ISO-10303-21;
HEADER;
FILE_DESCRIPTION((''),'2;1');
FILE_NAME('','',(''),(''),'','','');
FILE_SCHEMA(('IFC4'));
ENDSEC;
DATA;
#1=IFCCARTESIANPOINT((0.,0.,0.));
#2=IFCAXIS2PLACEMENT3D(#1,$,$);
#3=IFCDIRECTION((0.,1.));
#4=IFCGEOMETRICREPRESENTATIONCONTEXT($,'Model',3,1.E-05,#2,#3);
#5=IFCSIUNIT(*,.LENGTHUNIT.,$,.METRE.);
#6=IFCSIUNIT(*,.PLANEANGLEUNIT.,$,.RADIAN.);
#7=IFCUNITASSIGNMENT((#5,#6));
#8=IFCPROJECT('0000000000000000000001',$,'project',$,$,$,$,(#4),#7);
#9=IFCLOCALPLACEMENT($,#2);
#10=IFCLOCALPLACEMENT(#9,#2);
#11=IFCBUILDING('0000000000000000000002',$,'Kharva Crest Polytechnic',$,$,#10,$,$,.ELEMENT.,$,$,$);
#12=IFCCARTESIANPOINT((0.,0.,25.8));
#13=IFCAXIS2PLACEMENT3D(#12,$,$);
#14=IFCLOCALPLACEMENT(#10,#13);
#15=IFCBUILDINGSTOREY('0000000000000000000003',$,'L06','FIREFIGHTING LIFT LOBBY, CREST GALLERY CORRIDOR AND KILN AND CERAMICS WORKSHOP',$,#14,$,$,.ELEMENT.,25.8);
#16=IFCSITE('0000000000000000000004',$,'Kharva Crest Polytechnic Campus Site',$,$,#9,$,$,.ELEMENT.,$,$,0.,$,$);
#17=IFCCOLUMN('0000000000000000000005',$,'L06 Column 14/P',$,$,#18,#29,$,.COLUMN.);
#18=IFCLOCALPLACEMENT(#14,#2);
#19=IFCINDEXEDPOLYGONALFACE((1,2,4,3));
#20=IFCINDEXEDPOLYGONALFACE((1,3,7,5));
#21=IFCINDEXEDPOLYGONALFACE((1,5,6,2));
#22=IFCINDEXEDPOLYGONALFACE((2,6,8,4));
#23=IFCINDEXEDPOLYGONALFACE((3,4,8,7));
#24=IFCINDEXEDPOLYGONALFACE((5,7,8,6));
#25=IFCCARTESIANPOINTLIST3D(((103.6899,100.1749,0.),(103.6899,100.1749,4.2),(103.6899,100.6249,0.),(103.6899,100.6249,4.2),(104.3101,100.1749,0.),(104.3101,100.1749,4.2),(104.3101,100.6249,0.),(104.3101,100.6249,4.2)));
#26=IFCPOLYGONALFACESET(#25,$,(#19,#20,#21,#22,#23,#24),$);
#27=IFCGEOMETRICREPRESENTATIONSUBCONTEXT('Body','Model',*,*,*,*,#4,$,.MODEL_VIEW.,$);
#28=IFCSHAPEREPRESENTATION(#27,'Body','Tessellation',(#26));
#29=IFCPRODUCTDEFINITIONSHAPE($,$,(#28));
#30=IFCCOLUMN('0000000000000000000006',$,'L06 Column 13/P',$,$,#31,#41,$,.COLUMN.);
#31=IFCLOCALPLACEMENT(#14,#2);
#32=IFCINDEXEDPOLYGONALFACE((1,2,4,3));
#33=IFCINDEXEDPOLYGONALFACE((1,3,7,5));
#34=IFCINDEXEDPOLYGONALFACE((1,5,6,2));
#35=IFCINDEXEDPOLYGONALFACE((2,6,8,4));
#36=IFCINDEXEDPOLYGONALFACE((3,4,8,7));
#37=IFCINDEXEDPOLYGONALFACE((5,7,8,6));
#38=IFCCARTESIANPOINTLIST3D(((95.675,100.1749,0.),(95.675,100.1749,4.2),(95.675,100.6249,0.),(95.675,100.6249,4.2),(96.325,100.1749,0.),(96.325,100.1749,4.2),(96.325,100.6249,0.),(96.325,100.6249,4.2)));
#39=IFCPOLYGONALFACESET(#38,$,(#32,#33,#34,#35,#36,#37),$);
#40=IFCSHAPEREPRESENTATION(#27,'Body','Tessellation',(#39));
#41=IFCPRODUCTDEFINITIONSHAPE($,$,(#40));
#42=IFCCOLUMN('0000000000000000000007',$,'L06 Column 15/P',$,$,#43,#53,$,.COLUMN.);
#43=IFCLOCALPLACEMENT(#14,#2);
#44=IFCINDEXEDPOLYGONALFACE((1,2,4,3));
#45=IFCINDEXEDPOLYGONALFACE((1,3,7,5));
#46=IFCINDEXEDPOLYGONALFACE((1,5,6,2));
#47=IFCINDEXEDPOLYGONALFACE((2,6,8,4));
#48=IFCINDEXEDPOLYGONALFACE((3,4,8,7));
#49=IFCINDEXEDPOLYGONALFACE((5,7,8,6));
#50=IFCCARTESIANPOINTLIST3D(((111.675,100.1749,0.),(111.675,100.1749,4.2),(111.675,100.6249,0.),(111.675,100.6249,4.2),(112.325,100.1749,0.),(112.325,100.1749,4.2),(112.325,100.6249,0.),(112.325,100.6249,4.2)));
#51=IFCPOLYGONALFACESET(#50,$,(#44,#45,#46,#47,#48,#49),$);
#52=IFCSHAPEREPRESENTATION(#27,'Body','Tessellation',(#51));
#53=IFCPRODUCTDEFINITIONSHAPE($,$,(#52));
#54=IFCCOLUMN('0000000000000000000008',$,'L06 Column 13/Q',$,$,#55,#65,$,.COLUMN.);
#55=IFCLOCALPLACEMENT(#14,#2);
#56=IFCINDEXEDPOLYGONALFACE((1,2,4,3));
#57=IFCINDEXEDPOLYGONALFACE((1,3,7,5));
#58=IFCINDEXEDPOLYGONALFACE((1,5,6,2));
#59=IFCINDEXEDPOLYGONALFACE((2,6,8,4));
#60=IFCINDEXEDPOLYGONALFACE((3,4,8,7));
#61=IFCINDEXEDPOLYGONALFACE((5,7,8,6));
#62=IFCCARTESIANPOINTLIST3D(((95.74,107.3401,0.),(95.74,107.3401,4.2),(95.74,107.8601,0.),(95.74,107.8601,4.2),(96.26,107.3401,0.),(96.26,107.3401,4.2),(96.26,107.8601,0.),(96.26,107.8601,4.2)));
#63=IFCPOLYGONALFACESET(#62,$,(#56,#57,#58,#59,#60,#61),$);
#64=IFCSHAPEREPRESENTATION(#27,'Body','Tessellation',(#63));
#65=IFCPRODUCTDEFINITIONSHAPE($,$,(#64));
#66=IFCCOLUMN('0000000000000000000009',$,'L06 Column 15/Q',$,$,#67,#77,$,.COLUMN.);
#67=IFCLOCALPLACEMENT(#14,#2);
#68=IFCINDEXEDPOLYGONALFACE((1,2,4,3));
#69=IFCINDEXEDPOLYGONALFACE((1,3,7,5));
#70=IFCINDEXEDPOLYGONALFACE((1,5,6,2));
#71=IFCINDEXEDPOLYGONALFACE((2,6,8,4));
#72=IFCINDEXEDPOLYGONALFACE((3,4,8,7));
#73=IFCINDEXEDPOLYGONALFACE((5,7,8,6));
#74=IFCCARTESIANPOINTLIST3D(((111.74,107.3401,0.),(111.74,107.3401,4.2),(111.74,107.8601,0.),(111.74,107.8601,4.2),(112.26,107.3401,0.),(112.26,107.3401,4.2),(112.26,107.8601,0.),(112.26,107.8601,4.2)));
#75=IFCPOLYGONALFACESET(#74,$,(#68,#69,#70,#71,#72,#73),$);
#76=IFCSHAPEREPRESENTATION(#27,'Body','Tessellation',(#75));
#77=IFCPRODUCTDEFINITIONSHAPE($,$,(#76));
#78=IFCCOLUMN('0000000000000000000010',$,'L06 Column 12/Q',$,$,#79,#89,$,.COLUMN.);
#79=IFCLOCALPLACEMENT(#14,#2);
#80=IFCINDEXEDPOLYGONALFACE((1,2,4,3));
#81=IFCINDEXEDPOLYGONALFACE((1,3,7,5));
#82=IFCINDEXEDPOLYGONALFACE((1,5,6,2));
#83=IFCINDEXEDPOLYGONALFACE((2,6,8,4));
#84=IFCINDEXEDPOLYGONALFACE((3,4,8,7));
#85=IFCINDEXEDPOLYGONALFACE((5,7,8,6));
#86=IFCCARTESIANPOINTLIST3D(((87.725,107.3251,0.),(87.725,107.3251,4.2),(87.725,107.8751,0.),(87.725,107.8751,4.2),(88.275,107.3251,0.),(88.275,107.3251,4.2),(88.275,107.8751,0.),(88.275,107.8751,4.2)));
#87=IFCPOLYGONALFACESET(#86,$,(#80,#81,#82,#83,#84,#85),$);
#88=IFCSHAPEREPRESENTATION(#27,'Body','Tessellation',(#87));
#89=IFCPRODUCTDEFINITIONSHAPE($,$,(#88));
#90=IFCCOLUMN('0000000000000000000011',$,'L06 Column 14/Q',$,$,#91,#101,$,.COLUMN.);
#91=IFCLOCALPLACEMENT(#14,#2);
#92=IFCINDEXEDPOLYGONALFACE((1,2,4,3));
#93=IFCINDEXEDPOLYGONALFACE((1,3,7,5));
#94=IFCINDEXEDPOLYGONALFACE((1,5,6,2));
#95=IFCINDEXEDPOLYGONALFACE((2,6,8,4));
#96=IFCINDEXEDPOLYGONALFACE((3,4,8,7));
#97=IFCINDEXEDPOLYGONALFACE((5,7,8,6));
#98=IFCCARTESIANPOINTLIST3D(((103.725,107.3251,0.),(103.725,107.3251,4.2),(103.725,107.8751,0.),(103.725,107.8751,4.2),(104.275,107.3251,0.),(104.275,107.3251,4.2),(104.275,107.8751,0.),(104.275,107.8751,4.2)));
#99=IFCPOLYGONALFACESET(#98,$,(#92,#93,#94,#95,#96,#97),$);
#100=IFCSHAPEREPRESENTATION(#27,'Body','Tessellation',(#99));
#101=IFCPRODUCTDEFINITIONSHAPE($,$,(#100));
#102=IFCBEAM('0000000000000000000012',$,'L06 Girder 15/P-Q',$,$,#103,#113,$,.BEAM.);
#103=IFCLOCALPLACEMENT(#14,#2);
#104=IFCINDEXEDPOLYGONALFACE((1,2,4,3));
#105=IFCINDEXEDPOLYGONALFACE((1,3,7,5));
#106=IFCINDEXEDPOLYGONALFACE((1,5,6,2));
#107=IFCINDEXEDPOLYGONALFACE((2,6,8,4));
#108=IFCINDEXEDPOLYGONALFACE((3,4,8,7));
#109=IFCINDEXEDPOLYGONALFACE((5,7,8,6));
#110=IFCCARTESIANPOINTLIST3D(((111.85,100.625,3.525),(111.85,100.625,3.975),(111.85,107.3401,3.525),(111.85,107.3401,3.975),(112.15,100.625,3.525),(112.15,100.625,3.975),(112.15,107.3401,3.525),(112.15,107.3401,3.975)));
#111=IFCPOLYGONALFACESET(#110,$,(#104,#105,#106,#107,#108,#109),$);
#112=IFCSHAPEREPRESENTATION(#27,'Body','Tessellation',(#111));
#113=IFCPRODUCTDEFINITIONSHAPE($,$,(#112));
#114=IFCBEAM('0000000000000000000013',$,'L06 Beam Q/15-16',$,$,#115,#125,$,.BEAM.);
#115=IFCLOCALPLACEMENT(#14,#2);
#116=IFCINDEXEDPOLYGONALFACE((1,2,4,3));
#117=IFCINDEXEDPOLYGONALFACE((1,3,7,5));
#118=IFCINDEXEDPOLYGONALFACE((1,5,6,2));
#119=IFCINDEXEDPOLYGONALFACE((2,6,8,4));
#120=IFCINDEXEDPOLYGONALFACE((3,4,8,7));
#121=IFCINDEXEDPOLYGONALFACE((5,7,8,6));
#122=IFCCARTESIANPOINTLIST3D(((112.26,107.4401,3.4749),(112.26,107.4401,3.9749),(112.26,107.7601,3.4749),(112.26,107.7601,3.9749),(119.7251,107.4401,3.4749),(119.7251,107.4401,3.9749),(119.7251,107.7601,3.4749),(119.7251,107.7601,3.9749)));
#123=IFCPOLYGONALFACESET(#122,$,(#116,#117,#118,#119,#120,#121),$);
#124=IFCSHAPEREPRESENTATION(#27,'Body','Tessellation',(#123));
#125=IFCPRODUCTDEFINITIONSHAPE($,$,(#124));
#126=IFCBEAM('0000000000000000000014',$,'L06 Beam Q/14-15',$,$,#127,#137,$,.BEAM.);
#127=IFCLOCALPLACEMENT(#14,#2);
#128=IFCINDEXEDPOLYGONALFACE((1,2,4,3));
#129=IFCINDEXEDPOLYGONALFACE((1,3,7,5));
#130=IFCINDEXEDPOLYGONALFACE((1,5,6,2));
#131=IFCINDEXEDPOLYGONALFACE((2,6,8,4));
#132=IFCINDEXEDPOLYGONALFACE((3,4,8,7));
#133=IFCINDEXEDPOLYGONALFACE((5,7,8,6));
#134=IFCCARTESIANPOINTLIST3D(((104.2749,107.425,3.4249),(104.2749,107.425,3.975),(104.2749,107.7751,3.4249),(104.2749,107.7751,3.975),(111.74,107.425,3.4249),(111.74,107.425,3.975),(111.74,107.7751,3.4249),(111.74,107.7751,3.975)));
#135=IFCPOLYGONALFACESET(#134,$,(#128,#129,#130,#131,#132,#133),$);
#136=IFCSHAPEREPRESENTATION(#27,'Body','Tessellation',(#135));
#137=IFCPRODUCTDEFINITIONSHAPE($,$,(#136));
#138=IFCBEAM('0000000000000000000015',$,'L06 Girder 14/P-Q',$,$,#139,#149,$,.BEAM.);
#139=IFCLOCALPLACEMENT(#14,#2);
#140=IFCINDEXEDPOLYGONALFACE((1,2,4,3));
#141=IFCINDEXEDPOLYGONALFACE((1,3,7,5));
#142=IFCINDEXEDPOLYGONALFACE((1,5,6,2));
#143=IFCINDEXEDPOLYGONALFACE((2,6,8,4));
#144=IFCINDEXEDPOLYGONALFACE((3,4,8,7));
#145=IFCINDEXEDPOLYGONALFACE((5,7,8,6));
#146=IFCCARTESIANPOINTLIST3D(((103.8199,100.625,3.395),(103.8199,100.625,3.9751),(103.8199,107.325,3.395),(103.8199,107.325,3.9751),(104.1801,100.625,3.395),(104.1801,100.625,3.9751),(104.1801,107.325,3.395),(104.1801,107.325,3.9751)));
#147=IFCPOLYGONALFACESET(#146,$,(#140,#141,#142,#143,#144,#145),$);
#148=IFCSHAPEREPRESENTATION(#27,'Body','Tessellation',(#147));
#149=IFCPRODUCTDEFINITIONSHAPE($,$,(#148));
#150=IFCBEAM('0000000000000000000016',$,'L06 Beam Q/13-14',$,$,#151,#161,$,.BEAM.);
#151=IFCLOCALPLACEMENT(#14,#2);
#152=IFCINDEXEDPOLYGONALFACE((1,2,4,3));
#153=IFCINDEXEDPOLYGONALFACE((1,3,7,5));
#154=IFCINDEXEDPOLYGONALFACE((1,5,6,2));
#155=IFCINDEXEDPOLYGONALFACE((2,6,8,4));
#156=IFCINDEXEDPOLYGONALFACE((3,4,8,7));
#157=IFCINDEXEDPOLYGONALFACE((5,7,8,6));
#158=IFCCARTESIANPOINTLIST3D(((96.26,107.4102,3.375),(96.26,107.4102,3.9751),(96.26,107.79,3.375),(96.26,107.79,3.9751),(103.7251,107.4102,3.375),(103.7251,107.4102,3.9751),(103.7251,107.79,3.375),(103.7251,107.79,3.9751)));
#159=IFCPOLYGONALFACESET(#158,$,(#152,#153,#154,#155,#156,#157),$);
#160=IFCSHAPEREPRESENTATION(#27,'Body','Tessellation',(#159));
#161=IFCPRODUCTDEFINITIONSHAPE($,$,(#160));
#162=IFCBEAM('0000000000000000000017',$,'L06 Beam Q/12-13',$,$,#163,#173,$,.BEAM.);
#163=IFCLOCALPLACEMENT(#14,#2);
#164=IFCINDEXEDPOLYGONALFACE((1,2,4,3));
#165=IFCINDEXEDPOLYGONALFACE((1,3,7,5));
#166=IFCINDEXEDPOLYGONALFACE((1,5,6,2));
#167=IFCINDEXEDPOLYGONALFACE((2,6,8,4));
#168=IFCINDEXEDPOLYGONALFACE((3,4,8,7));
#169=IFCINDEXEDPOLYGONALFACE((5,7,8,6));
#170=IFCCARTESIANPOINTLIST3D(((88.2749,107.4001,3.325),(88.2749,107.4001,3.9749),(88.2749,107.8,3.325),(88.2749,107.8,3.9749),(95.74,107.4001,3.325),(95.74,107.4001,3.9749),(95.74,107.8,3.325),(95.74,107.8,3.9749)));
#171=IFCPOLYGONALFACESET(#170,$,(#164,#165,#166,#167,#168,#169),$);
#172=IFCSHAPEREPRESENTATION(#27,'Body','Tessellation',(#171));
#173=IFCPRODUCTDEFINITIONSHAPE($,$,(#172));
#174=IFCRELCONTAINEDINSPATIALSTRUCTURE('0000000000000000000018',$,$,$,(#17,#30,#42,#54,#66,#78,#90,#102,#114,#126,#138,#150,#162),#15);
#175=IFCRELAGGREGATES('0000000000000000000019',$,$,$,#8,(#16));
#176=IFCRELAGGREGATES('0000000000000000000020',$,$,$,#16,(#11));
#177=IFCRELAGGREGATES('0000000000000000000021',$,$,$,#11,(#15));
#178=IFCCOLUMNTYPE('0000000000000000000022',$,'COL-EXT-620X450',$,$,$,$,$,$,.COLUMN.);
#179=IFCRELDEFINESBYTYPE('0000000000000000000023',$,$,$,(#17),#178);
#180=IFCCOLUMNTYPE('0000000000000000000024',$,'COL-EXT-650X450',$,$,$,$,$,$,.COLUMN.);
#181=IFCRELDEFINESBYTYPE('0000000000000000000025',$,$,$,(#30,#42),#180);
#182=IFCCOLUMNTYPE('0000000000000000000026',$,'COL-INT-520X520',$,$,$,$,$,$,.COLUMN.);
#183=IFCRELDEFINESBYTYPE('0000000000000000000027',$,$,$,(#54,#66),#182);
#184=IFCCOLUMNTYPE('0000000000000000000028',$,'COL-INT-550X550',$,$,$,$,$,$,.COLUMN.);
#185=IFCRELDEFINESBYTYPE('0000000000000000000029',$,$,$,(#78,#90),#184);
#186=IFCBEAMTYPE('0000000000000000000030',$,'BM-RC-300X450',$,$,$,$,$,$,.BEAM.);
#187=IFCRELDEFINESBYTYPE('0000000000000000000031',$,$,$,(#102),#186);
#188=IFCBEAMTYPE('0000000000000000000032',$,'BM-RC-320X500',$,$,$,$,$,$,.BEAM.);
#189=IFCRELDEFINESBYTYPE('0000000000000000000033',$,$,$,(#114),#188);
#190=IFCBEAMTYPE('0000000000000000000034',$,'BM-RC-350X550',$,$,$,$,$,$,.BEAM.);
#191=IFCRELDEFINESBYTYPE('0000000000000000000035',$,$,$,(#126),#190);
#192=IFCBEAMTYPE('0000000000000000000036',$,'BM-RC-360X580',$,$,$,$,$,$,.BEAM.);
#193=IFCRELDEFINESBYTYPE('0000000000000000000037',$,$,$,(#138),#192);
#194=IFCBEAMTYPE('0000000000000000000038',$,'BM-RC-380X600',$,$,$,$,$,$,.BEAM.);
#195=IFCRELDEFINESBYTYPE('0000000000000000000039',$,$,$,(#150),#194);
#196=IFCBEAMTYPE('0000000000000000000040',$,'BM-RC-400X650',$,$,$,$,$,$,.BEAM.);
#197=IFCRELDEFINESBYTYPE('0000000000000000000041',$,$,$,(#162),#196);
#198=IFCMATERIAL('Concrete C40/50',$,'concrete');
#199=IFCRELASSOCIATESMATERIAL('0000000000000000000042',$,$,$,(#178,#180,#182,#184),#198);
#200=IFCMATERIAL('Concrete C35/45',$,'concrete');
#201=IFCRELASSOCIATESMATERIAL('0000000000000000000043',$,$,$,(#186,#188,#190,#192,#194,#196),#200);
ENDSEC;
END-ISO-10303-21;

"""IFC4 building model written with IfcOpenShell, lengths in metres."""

from ifc_helpers import new_model, si_unit, direction, frame, origin, origin_2d, place, context, subcontext, project, spatial, rectangle, extrude, material, material_profile, profile_set, type_object, element, save


model = new_model("IFC4")

# Units and contexts
model_context = context("Model", 3, precision=1e-05, world=origin(), true_north=direction((0.0, 1.0)))
body_context = subcontext(model_context, "Body", "Model", "MODEL_VIEW")
ifc_project = project(units=[si_unit("LENGTHUNIT", "METRE"), si_unit("PLANEANGLEUNIT", "RADIAN")], contexts=[model_context])

# Site, building, storey
site_placement = place(None, origin())
site = spatial("IfcSite", under=ifc_project, at=site_placement, Name="Kharva Crest Polytechnic Campus Site", CompositionType="ELEMENT", RefElevation=0.0)
building_placement = place(site_placement, origin())
building = spatial("IfcBuilding", under=site, at=building_placement, Name="Kharva Crest Polytechnic", CompositionType="ELEMENT")
storey_placement = place(building_placement, frame((0.0, 0.0, 25.8)))
storey = spatial("IfcBuildingStorey", under=building, at=storey_placement, Name="L06", Description="FIREFIGHTING LIFT LOBBY, CREST GALLERY CORRIDOR AND KILN AND CERAMICS WORKSHOP", CompositionType="ELEMENT", Elevation=25.8)

# Columns
ifc_material_1 = material(Name="Concrete C40/50", Category="concrete")
ifc_material_profile_1 = material_profile(ifc_material_1, rectangle(XDim=0.6201, YDim=0.45, at=origin_2d()), Name="RECT 620 X 450")
ifc_profile_set_1 = profile_set([ifc_material_profile_1], Name="Concrete C40/50")
column_type_1 = type_object("IfcColumnType", Name="COL-EXT-620X450", PredefinedType="COLUMN", material=ifc_profile_set_1)
column_placement = place(storey_placement, frame((104.0, 100.3999, 0.0), z_axis=(0.0, 0.0, 1.0), x_axis=(1.0, 0.0, 0.0)))
element("IfcColumn", 1, at=column_placement, inside=storey, type_object=column_type_1, Name="L06 Column 14/P", PredefinedType="COLUMN", context=body_context, shape_type="SweptSolid", body=[
    extrude(rectangle(XDim=0.6201, YDim=0.45, at=origin_2d()), origin(), (0.0, 0.0, 1.0), 4.2),
])
ifc_material_profile_2 = material_profile(ifc_material_1, rectangle(XDim=0.6499, YDim=0.45, at=origin_2d()), Name="RECT 650 X 450")
ifc_profile_set_2 = profile_set([ifc_material_profile_2], Name="Concrete C40/50")
column_type_2 = type_object("IfcColumnType", Name="COL-EXT-650X450", PredefinedType="COLUMN", material=ifc_profile_set_2)
for number, where, z_axis, x_axis, name in (
    (2, (96.0, 100.3999, 0.0), (0.0, 0.0, 1.0), (1.0, 0.0, 0.0), "L06 Column 13/P"),
    (3, (112.0, 100.3999, 0.0), (0.0, 0.0, 1.0), (1.0, 0.0, 0.0), "L06 Column 15/P"),
):
    element("IfcColumn", number, at=place(storey_placement, frame(where, z_axis=z_axis, x_axis=x_axis)), inside=storey, type_object=column_type_2, Name=name, PredefinedType="COLUMN", context=body_context, shape_type="SweptSolid", body=[
        extrude(rectangle(XDim=0.6499, YDim=0.45, at=origin_2d()), origin(), (0.0, 0.0, 1.0), 4.2),
    ])
ifc_material_profile_3 = material_profile(ifc_material_1, rectangle(XDim=0.52, YDim=0.52, at=origin_2d()), Name="RECT 520 X 520")
ifc_profile_set_3 = profile_set([ifc_material_profile_3], Name="Concrete C40/50")
column_type_3 = type_object("IfcColumnType", Name="COL-INT-520X520", PredefinedType="COLUMN", material=ifc_profile_set_3)
for number, where, z_axis, x_axis, name in (
    (4, (96.0, 107.6001, 0.0), (0.0, 0.0, 1.0), (1.0, 0.0, 0.0), "L06 Column 13/Q"),
    (5, (112.0, 107.6001, 0.0), (0.0, 0.0, 1.0), (1.0, 0.0, 0.0), "L06 Column 15/Q"),
):
    element("IfcColumn", number, at=place(storey_placement, frame(where, z_axis=z_axis, x_axis=x_axis)), inside=storey, type_object=column_type_3, Name=name, PredefinedType="COLUMN", context=body_context, shape_type="SweptSolid", body=[
        extrude(rectangle(XDim=0.52, YDim=0.52, at=origin_2d()), origin(), (0.0, 0.0, 1.0), 4.2),
    ])
ifc_material_profile_4 = material_profile(ifc_material_1, rectangle(XDim=0.55, YDim=0.55, at=origin_2d()), Name="RECT 550 X 550")
ifc_profile_set_4 = profile_set([ifc_material_profile_4], Name="Concrete C40/50")
column_type_4 = type_object("IfcColumnType", Name="COL-INT-550X550", PredefinedType="COLUMN", material=ifc_profile_set_4)
for number, where, z_axis, x_axis, name in (
    (6, (88.0, 107.6001, 0.0), (0.0, 0.0, 1.0), (1.0, 0.0, 0.0), "L06 Column 12/Q"),
    (7, (104.0, 107.6001, 0.0), (0.0, 0.0, 1.0), (1.0, 0.0, 0.0), "L06 Column 14/Q"),
):
    element("IfcColumn", number, at=place(storey_placement, frame(where, z_axis=z_axis, x_axis=x_axis)), inside=storey, type_object=column_type_4, Name=name, PredefinedType="COLUMN", context=body_context, shape_type="SweptSolid", body=[
        extrude(rectangle(XDim=0.55, YDim=0.55, at=origin_2d()), origin(), (0.0, 0.0, 1.0), 4.2),
    ])

# Beams
ifc_material_2 = material(Name="Concrete C35/45", Category="concrete")
ifc_material_profile_5 = material_profile(ifc_material_2, rectangle(XDim=0.3, YDim=0.45, at=origin_2d()), Name="RECT 300 X 450")
ifc_profile_set_5 = profile_set([ifc_material_profile_5], Name="Concrete C35/45")
beam_type_1 = type_object("IfcBeamType", Name="BM-RC-300X450", PredefinedType="BEAM", material=ifc_profile_set_5)
beam_1_placement = place(storey_placement, frame((112.0, 100.625, 3.75), z_axis=(0.0, 1.0, 0.0), x_axis=(-1.0, 0.0, 0.0)))
element("IfcBeam", 8, at=beam_1_placement, inside=storey, type_object=beam_type_1, Name="L06 Girder 15/P-Q", PredefinedType="BEAM", context=body_context, shape_type="SweptSolid", body=[
    extrude(rectangle(XDim=0.3, YDim=0.45, at=origin_2d()), origin(), (0.0, 0.0, 1.0), 6.7151),
])
ifc_material_profile_6 = material_profile(ifc_material_2, rectangle(XDim=0.3201, YDim=0.5, at=origin_2d()), Name="RECT 320 X 500")
ifc_profile_set_6 = profile_set([ifc_material_profile_6], Name="Concrete C35/45")
beam_type_2 = type_object("IfcBeamType", Name="BM-RC-320X500", PredefinedType="BEAM", material=ifc_profile_set_6)
beam_2_placement = place(storey_placement, frame((112.26, 107.6001, 3.7249), z_axis=(1.0, 0.0, 0.0), x_axis=(0.0, 1.0, 0.0)))
element("IfcBeam", 9, at=beam_2_placement, inside=storey, type_object=beam_type_2, Name="L06 Beam Q/15-16", PredefinedType="BEAM", context=body_context, shape_type="SweptSolid", body=[
    extrude(rectangle(XDim=0.3201, YDim=0.5, at=origin_2d()), origin(), (0.0, 0.0, 1.0), 7.4651),
])
ifc_material_profile_7 = material_profile(ifc_material_2, rectangle(XDim=0.3501, YDim=0.55, at=origin_2d()), Name="RECT 350 X 550")
ifc_profile_set_7 = profile_set([ifc_material_profile_7], Name="Concrete C35/45")
beam_type_3 = type_object("IfcBeamType", Name="BM-RC-350X550", PredefinedType="BEAM", material=ifc_profile_set_7)
beam_3_placement = place(storey_placement, frame((104.2749, 107.6001, 3.7), z_axis=(1.0, 0.0, 0.0), x_axis=(0.0, 1.0, 0.0)))
element("IfcBeam", 10, at=beam_3_placement, inside=storey, type_object=beam_type_3, Name="L06 Beam Q/14-15", PredefinedType="BEAM", context=body_context, shape_type="SweptSolid", body=[
    extrude(rectangle(XDim=0.3501, YDim=0.55, at=origin_2d()), origin(), (0.0, 0.0, 1.0), 7.4651),
])
ifc_material_profile_8 = material_profile(ifc_material_2, rectangle(XDim=0.3601, YDim=0.5801, at=origin_2d()), Name="RECT 360 X 580")
ifc_profile_set_8 = profile_set([ifc_material_profile_8], Name="Concrete C35/45")
beam_type_4 = type_object("IfcBeamType", Name="BM-RC-360X580", PredefinedType="BEAM", material=ifc_profile_set_8)
beam_4_placement = place(storey_placement, frame((104.0, 100.625, 3.6851), z_axis=(0.0, 1.0, 0.0), x_axis=(-1.0, 0.0, 0.0)))
element("IfcBeam", 11, at=beam_4_placement, inside=storey, type_object=beam_type_4, Name="L06 Girder 14/P-Q", PredefinedType="BEAM", context=body_context, shape_type="SweptSolid", body=[
    extrude(rectangle(XDim=0.3601, YDim=0.5801, at=origin_2d()), origin(), (0.0, 0.0, 1.0), 6.7),
])
ifc_material_profile_9 = material_profile(ifc_material_2, rectangle(XDim=0.3799, YDim=0.6001, at=origin_2d()), Name="RECT 380 X 600")
ifc_profile_set_9 = profile_set([ifc_material_profile_9], Name="Concrete C35/45")
beam_type_5 = type_object("IfcBeamType", Name="BM-RC-380X600", PredefinedType="BEAM", material=ifc_profile_set_9)
beam_5_placement = place(storey_placement, frame((96.26, 107.6001, 3.675), z_axis=(1.0, 0.0, 0.0), x_axis=(0.0, 1.0, 0.0)))
element("IfcBeam", 12, at=beam_5_placement, inside=storey, type_object=beam_type_5, Name="L06 Beam Q/13-14", PredefinedType="BEAM", context=body_context, shape_type="SweptSolid", body=[
    extrude(rectangle(XDim=0.3799, YDim=0.6001, at=origin_2d()), origin(), (0.0, 0.0, 1.0), 7.4651),
])
ifc_material_profile_10 = material_profile(ifc_material_2, rectangle(XDim=0.3999, YDim=0.6499, at=origin_2d()), Name="RECT 400 X 650")
ifc_profile_set_10 = profile_set([ifc_material_profile_10], Name="Concrete C35/45")
beam_type_6 = type_object("IfcBeamType", Name="BM-RC-400X650", PredefinedType="BEAM", material=ifc_profile_set_10)
beam_6_placement = place(storey_placement, frame((88.2749, 107.6001, 3.6499), z_axis=(1.0, 0.0, 0.0), x_axis=(0.0, 1.0, 0.0)))
element("IfcBeam", 13, at=beam_6_placement, inside=storey, type_object=beam_type_6, Name="L06 Beam Q/12-13", PredefinedType="BEAM", context=body_context, shape_type="SweptSolid", body=[
    extrude(rectangle(XDim=0.3999, YDim=0.6499, at=origin_2d()), origin(), (0.0, 0.0, 1.0), 7.4651),
])

save(model, "model.ifc")
